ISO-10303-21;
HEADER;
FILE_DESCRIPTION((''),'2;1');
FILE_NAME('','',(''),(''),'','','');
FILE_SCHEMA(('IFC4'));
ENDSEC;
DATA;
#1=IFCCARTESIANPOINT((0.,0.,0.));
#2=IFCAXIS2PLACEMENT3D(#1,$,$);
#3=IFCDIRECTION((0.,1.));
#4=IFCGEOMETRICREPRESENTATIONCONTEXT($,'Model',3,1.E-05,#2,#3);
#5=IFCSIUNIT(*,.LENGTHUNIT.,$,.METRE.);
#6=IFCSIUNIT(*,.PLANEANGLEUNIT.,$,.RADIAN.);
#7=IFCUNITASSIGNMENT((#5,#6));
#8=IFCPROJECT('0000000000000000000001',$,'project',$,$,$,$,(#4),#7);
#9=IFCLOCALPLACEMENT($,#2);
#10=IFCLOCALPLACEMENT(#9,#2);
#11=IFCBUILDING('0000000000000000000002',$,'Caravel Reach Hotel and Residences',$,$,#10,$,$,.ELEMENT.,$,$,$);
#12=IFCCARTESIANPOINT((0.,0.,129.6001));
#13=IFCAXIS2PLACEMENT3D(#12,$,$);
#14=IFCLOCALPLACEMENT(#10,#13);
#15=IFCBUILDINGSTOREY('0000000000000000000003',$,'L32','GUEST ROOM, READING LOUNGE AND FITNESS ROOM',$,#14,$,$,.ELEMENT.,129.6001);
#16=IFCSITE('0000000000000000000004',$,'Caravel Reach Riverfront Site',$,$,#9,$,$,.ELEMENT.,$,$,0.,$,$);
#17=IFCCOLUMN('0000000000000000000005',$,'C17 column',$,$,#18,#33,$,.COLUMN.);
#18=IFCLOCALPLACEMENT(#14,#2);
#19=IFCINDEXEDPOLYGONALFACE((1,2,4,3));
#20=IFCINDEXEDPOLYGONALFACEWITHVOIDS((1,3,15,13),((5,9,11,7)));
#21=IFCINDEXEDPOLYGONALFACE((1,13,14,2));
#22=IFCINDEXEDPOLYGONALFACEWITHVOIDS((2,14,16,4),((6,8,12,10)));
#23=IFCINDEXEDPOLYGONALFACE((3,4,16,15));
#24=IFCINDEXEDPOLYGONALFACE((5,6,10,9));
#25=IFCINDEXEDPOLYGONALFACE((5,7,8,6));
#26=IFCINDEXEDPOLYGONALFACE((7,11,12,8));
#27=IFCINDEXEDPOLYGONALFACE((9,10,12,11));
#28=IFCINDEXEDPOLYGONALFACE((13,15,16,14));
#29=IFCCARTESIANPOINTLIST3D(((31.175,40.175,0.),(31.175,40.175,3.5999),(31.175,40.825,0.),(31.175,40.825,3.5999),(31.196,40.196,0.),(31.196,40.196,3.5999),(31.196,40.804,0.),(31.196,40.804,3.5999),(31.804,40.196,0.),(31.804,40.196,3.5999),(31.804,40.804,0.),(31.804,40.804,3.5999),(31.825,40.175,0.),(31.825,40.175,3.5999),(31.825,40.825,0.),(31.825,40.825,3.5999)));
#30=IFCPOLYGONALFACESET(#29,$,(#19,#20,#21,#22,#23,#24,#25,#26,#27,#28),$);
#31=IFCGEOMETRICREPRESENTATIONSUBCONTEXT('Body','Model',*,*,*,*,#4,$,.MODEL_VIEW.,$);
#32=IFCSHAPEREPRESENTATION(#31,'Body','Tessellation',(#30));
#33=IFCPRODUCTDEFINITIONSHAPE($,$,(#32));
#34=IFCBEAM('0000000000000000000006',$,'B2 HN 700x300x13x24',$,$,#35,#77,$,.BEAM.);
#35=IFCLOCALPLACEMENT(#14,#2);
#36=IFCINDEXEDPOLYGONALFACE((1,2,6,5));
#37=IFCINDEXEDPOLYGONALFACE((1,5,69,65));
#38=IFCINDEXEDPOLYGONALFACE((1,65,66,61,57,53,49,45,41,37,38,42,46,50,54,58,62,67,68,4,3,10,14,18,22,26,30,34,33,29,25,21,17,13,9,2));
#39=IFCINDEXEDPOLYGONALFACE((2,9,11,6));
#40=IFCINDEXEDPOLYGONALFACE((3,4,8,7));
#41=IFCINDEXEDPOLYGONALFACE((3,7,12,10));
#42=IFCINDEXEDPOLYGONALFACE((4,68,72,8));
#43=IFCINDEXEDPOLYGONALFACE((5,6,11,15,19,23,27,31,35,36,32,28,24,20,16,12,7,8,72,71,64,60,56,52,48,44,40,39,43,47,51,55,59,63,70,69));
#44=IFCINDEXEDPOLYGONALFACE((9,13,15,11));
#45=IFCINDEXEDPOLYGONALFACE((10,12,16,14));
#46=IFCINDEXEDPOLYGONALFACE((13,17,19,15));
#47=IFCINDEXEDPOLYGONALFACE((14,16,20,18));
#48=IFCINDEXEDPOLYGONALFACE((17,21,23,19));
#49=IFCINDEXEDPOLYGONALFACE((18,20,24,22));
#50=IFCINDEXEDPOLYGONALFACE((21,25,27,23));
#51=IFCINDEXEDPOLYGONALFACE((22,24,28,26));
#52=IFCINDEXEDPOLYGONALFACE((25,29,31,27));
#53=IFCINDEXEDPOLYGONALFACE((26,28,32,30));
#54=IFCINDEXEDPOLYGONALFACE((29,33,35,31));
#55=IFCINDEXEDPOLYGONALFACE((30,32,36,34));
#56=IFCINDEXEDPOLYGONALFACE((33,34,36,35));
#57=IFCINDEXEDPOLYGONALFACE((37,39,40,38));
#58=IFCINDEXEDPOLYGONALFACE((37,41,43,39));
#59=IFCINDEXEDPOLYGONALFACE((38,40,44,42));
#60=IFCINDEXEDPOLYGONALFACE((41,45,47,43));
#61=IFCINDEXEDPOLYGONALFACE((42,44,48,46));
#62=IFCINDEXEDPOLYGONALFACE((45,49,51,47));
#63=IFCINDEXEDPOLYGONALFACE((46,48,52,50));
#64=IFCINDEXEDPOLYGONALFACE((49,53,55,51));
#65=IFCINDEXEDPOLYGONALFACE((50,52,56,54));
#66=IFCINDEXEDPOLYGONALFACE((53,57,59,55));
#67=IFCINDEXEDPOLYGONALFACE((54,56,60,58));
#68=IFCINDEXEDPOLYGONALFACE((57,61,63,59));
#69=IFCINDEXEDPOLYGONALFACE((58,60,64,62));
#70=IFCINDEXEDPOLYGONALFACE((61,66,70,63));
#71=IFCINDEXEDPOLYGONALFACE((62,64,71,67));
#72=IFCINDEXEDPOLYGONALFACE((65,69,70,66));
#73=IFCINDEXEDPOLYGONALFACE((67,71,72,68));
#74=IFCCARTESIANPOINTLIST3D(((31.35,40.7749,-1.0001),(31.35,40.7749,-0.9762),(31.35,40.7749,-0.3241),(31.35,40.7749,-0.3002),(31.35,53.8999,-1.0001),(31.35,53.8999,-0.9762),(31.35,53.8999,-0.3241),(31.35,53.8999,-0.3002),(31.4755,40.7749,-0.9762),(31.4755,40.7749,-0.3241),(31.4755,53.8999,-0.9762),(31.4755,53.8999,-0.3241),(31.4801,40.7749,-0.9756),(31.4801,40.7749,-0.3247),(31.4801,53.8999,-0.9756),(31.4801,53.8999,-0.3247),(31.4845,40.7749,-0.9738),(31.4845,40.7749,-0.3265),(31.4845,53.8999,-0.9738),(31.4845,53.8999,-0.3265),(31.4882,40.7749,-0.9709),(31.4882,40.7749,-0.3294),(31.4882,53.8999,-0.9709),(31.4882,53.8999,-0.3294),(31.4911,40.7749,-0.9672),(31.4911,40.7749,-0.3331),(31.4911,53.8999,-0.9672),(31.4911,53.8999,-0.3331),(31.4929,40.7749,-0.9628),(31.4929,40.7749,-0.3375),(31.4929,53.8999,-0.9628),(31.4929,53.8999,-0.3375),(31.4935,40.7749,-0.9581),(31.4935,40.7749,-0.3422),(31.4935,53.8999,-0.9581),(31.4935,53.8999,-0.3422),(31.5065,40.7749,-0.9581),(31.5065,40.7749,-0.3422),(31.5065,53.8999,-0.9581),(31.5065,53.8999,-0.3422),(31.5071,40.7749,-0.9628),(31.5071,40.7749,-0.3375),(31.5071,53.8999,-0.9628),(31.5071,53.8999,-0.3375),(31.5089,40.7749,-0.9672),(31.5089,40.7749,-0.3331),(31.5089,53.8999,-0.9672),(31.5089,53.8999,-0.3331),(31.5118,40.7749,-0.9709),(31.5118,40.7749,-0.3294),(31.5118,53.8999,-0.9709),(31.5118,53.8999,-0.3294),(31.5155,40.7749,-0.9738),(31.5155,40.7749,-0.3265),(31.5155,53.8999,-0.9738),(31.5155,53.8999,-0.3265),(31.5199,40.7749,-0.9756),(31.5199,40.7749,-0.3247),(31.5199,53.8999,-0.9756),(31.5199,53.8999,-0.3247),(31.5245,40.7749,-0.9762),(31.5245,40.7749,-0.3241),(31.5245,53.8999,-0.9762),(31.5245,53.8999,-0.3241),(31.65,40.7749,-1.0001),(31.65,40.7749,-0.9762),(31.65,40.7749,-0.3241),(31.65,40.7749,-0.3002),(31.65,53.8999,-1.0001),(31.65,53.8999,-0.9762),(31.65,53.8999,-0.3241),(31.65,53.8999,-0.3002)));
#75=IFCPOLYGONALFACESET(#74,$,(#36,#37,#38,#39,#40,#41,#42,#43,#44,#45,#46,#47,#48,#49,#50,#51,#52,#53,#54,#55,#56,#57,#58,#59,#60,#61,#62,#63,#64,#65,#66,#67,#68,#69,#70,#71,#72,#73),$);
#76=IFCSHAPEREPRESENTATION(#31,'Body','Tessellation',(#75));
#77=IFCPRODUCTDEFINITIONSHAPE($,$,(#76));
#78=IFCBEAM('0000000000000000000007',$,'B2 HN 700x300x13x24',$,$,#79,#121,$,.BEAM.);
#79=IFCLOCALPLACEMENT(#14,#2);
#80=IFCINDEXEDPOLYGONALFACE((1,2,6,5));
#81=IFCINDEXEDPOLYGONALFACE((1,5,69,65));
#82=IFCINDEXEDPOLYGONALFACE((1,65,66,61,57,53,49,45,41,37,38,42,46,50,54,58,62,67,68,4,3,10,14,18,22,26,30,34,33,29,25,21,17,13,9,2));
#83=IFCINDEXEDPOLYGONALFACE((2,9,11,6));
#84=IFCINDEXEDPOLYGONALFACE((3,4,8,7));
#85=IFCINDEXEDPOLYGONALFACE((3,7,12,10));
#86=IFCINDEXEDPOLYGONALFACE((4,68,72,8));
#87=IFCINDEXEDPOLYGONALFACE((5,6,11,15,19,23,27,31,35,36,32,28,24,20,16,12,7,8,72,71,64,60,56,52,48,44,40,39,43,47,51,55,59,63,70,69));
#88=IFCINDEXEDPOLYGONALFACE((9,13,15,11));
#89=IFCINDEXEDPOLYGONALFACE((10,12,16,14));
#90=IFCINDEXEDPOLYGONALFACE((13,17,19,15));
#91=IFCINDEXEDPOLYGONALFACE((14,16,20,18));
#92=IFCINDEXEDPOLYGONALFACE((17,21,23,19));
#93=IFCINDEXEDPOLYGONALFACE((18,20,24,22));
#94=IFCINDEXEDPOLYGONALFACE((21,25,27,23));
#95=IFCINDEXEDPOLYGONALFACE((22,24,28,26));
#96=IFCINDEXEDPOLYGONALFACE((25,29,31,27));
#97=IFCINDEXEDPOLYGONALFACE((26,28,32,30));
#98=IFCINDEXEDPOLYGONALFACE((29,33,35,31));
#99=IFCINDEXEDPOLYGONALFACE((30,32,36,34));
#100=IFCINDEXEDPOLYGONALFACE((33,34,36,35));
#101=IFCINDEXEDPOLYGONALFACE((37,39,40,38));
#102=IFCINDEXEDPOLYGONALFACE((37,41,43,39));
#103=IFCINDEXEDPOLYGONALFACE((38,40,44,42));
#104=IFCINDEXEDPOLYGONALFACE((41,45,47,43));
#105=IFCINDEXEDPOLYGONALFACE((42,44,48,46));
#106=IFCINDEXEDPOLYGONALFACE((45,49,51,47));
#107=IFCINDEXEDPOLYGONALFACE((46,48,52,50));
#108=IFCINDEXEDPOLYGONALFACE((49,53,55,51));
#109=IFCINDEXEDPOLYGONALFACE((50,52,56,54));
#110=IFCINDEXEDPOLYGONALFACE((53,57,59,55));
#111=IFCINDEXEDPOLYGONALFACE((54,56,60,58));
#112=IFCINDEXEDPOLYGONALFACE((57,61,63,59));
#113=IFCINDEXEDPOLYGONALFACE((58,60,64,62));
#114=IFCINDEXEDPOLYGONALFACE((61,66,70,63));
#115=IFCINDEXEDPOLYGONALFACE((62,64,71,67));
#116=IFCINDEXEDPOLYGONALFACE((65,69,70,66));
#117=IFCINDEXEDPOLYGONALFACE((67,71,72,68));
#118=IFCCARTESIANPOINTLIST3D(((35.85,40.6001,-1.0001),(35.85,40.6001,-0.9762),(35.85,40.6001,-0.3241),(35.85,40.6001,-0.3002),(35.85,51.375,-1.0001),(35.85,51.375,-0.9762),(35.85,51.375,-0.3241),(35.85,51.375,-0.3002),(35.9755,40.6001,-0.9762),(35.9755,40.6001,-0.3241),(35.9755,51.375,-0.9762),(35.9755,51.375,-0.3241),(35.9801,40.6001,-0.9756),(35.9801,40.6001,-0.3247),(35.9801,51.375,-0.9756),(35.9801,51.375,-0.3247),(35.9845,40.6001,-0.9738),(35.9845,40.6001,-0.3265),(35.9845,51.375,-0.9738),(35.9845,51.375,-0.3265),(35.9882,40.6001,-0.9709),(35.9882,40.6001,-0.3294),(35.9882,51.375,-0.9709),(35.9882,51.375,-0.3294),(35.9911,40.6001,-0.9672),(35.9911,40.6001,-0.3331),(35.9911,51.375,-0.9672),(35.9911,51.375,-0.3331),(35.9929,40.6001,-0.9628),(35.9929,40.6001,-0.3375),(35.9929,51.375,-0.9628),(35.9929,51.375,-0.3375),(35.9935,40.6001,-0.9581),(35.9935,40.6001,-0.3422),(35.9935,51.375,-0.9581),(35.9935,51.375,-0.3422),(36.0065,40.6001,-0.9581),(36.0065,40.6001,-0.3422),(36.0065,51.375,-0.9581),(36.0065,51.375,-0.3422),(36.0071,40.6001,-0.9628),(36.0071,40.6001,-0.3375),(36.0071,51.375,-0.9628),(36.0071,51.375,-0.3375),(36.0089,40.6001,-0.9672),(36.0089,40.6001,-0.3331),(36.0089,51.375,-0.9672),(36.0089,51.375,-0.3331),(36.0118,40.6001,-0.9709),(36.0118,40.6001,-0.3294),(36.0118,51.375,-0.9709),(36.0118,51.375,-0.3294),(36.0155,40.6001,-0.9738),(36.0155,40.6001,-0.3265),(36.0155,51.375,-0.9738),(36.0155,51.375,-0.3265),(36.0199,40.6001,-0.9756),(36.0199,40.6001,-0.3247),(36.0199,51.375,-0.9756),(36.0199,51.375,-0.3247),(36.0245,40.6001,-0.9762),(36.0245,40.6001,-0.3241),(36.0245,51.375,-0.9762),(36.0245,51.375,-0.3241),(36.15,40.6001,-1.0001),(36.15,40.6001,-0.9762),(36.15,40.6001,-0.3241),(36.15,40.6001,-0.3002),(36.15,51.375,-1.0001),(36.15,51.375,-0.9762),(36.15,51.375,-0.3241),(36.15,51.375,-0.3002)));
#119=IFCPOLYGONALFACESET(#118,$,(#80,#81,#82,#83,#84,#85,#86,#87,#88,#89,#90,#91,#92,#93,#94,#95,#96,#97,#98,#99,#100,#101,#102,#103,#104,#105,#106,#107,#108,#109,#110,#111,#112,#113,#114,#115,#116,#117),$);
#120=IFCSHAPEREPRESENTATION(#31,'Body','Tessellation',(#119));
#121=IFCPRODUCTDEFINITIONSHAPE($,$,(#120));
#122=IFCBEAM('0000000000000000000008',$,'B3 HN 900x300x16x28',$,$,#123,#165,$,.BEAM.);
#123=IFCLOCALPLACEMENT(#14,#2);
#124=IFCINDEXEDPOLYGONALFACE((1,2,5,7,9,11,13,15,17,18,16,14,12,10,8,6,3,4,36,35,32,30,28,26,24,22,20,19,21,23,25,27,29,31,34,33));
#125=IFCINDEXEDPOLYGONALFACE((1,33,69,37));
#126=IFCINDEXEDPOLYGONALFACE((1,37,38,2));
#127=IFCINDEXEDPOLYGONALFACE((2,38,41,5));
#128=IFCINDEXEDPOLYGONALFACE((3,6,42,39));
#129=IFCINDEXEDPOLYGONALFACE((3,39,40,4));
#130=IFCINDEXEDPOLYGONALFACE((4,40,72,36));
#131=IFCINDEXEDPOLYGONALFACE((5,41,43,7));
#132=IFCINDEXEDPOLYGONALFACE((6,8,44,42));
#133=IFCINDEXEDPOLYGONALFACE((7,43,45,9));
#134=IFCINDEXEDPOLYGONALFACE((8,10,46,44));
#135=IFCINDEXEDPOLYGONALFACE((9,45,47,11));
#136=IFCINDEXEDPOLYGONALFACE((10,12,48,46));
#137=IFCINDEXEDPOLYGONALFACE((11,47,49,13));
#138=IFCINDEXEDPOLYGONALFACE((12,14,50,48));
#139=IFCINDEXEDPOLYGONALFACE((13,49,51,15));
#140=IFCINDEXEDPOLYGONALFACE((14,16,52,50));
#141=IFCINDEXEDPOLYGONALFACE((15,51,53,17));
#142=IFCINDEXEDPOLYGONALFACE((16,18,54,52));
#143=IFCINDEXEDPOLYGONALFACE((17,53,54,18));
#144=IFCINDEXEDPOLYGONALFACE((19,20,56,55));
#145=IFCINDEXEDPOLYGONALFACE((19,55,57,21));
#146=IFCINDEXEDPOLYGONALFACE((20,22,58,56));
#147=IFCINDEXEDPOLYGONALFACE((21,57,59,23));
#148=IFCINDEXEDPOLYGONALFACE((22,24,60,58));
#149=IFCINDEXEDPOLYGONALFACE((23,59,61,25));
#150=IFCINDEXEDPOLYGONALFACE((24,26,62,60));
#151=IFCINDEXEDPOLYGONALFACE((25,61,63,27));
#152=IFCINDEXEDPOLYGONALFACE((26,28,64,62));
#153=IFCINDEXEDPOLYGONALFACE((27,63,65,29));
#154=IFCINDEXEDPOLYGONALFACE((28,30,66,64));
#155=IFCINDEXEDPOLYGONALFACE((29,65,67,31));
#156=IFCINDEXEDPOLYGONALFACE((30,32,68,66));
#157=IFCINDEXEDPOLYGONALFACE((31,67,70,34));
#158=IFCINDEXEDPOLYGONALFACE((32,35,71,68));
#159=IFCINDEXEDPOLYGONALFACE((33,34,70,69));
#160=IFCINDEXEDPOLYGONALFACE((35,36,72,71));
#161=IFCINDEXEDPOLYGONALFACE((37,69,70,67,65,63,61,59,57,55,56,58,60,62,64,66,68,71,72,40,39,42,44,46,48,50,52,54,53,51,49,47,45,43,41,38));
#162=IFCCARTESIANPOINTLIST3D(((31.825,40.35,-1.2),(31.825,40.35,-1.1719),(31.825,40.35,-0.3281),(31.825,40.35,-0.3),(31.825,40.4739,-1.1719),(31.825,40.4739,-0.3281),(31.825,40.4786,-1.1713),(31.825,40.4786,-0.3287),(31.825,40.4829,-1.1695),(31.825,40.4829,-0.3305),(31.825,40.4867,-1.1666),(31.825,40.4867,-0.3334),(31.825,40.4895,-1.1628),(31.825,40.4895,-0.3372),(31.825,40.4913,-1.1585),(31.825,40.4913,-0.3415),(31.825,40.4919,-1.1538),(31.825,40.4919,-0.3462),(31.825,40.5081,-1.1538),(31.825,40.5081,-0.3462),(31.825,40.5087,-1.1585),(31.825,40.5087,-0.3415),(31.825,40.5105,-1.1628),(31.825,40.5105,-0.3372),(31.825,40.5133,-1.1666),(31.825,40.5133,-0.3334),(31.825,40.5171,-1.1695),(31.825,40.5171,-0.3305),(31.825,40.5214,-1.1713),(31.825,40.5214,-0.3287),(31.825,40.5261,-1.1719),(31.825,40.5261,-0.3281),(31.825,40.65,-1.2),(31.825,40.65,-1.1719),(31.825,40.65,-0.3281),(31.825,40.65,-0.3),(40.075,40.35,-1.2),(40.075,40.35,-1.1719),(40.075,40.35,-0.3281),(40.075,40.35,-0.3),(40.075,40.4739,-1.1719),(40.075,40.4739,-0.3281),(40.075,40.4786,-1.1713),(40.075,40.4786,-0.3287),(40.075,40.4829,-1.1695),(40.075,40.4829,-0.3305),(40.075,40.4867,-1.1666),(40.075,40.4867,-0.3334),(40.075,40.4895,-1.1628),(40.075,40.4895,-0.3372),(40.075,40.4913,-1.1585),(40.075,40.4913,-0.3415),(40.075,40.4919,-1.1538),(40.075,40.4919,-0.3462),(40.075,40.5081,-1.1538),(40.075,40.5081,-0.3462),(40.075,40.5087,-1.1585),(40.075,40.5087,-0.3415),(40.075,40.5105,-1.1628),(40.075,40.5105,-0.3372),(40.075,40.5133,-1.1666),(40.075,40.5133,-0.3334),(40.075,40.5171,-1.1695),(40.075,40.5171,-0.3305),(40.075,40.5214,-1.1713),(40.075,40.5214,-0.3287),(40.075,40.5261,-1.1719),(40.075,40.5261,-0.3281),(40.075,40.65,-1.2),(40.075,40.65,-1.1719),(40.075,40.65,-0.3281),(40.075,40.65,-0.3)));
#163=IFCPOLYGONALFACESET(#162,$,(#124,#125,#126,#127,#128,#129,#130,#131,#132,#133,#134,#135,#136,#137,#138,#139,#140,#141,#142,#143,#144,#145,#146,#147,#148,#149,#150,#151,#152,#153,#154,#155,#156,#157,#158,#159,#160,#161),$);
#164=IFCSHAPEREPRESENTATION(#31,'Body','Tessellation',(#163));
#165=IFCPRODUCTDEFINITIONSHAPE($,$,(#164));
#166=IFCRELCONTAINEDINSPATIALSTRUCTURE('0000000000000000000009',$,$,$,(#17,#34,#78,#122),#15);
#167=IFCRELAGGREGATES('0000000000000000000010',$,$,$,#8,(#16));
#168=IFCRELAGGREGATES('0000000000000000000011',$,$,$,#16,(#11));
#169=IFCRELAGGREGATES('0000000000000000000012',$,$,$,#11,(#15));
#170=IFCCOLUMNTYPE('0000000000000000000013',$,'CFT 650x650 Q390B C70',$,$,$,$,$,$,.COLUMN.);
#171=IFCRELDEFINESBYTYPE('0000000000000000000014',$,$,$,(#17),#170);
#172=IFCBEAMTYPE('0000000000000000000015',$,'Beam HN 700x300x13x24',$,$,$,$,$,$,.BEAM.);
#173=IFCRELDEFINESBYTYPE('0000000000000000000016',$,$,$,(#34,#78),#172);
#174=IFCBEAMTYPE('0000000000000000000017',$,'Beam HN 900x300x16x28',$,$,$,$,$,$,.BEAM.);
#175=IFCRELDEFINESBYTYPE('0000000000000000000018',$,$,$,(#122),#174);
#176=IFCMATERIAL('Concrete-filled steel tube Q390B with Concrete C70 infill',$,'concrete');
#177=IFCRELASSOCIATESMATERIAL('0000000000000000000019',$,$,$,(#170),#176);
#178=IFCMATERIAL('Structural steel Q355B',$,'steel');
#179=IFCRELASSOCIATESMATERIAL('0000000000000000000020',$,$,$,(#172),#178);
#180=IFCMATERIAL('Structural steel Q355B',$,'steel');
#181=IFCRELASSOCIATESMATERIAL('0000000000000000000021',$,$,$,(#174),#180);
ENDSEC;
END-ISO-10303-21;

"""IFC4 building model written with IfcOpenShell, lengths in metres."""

from ifc_helpers import new_model, si_unit, direction, frame, origin, origin_2d, place, context, subcontext, project, spatial, hollow_rectangle, i_section, extrude, material, material_profile, profile_set, type_object, element, save


model = new_model("IFC4")

# Units and contexts
model_context = context("Model", 3, precision=1e-05, world=origin(), true_north=direction((0.0, 1.0)))
body_context = subcontext(model_context, "Body", "Model", "MODEL_VIEW")
ifc_project = project(units=[si_unit("LENGTHUNIT", "METRE"), si_unit("PLANEANGLEUNIT", "RADIAN")], contexts=[model_context])

# Site, building, storey
site_placement = place(None, origin())
site = spatial("IfcSite", under=ifc_project, at=site_placement, Name="Caravel Reach Riverfront Site", CompositionType="ELEMENT", RefElevation=0.0)
building_placement = place(site_placement, origin())
building = spatial("IfcBuilding", under=site, at=building_placement, Name="Caravel Reach Hotel and Residences", CompositionType="ELEMENT")
storey_placement = place(building_placement, frame((0.0, 0.0, 129.6001)))
storey = spatial("IfcBuildingStorey", under=building, at=storey_placement, Name="L32", Description="GUEST ROOM, READING LOUNGE AND FITNESS ROOM", CompositionType="ELEMENT", Elevation=129.6001)

# Column
ifc_material_1 = material(Name="Concrete-filled steel tube Q390B with Concrete C70 infill", Category="concrete")
ifc_material_profile_1 = material_profile(ifc_material_1, hollow_rectangle(XDim=0.6499, YDim=0.6499, WallThickness=0.021, at=origin_2d()), Name="RHS 650x650x21")
ifc_profile_set_1 = profile_set([ifc_material_profile_1], Name="Concrete-filled steel tube Q390B with Concrete C70 infill")
column_type = type_object("IfcColumnType", Name="CFT 650x650 Q390B C70", PredefinedType="COLUMN", material=ifc_profile_set_1)
column_placement = place(storey_placement, frame((31.5, 40.5, 0.0), z_axis=(0.0, 0.0, 1.0), x_axis=(1.0, 0.0, 0.0)))
element("IfcColumn", 1, at=column_placement, inside=storey, type_object=column_type, Name="C17 column", PredefinedType="COLUMN", context=body_context, shape_type="SweptSolid", body=[
    extrude(hollow_rectangle(XDim=0.6499, YDim=0.6499, WallThickness=0.021, at=origin_2d()), origin(), (0.0, 0.0, 1.0), 3.5999),
])

# Beams
ifc_material_2 = material(Name="Structural steel Q355B", Category="steel")
ifc_material_profile_2 = material_profile(ifc_material_2, i_section(OverallWidth=0.3, OverallDepth=0.7, WebThickness=0.0129, FlangeThickness=0.0239, FilletRadius=0.0181, at=origin_2d()), Name="HN 700x300x13x24")
ifc_profile_set_2 = profile_set([ifc_material_profile_2], Name="Structural steel Q355B")
beam_type_1 = type_object("IfcBeamType", Name="Beam HN 700x300x13x24", PredefinedType="BEAM", material=ifc_profile_set_2)
beam_1_placement = place(storey_placement, frame((31.5, 40.7749, -0.6501), z_axis=(0.0, 1.0, 0.0), x_axis=(-1.0, 0.0, 0.0)))
element("IfcBeam", 2, at=beam_1_placement, inside=storey, type_object=beam_type_1, Name="B2 HN 700x300x13x24", PredefinedType="BEAM", context=body_context, shape_type="SweptSolid", body=[
    extrude(i_section(OverallWidth=0.3, OverallDepth=0.7, WebThickness=0.0129, FlangeThickness=0.0239, FilletRadius=0.0181, at=origin_2d()), origin(), (0.0, 0.0, 1.0), 13.125),
])
beam_2_placement = place(storey_placement, frame((36.0, 40.6001, -0.6501), z_axis=(0.0, 1.0, 0.0), x_axis=(-1.0, 0.0, 0.0)))
element("IfcBeam", 3, at=beam_2_placement, inside=storey, type_object=beam_type_1, Name="B2 HN 700x300x13x24", PredefinedType="BEAM", context=body_context, shape_type="SweptSolid", body=[
    extrude(i_section(OverallWidth=0.3, OverallDepth=0.7, WebThickness=0.0129, FlangeThickness=0.0239, FilletRadius=0.0181, at=origin_2d()), origin(), (0.0, 0.0, 1.0), 10.7749),
])
ifc_material_3 = material(Name="Structural steel Q355B", Category="steel")
ifc_material_profile_3 = material_profile(ifc_material_3, i_section(OverallWidth=0.3, OverallDepth=0.8999, WebThickness=0.0161, FlangeThickness=0.0281, FilletRadius=0.0181, at=origin_2d()), Name="HN 900x300x16x28")
ifc_profile_set_3 = profile_set([ifc_material_profile_3], Name="Structural steel Q355B")
beam_type_2 = type_object("IfcBeamType", Name="Beam HN 900x300x16x28", PredefinedType="BEAM", material=ifc_profile_set_3)
beam_3_placement = place(storey_placement, frame((31.825, 40.5, -0.75), z_axis=(1.0, 0.0, 0.0), x_axis=(0.0, 1.0, 0.0)))
element("IfcBeam", 4, at=beam_3_placement, inside=storey, type_object=beam_type_2, Name="B3 HN 900x300x16x28", PredefinedType="BEAM", context=body_context, shape_type="SweptSolid", body=[
    extrude(i_section(OverallWidth=0.3, OverallDepth=0.8999, WebThickness=0.0161, FlangeThickness=0.0281, FilletRadius=0.0181, at=origin_2d()), origin(), (0.0, 0.0, 1.0), 8.25),
])

save(model, "model.ifc")
